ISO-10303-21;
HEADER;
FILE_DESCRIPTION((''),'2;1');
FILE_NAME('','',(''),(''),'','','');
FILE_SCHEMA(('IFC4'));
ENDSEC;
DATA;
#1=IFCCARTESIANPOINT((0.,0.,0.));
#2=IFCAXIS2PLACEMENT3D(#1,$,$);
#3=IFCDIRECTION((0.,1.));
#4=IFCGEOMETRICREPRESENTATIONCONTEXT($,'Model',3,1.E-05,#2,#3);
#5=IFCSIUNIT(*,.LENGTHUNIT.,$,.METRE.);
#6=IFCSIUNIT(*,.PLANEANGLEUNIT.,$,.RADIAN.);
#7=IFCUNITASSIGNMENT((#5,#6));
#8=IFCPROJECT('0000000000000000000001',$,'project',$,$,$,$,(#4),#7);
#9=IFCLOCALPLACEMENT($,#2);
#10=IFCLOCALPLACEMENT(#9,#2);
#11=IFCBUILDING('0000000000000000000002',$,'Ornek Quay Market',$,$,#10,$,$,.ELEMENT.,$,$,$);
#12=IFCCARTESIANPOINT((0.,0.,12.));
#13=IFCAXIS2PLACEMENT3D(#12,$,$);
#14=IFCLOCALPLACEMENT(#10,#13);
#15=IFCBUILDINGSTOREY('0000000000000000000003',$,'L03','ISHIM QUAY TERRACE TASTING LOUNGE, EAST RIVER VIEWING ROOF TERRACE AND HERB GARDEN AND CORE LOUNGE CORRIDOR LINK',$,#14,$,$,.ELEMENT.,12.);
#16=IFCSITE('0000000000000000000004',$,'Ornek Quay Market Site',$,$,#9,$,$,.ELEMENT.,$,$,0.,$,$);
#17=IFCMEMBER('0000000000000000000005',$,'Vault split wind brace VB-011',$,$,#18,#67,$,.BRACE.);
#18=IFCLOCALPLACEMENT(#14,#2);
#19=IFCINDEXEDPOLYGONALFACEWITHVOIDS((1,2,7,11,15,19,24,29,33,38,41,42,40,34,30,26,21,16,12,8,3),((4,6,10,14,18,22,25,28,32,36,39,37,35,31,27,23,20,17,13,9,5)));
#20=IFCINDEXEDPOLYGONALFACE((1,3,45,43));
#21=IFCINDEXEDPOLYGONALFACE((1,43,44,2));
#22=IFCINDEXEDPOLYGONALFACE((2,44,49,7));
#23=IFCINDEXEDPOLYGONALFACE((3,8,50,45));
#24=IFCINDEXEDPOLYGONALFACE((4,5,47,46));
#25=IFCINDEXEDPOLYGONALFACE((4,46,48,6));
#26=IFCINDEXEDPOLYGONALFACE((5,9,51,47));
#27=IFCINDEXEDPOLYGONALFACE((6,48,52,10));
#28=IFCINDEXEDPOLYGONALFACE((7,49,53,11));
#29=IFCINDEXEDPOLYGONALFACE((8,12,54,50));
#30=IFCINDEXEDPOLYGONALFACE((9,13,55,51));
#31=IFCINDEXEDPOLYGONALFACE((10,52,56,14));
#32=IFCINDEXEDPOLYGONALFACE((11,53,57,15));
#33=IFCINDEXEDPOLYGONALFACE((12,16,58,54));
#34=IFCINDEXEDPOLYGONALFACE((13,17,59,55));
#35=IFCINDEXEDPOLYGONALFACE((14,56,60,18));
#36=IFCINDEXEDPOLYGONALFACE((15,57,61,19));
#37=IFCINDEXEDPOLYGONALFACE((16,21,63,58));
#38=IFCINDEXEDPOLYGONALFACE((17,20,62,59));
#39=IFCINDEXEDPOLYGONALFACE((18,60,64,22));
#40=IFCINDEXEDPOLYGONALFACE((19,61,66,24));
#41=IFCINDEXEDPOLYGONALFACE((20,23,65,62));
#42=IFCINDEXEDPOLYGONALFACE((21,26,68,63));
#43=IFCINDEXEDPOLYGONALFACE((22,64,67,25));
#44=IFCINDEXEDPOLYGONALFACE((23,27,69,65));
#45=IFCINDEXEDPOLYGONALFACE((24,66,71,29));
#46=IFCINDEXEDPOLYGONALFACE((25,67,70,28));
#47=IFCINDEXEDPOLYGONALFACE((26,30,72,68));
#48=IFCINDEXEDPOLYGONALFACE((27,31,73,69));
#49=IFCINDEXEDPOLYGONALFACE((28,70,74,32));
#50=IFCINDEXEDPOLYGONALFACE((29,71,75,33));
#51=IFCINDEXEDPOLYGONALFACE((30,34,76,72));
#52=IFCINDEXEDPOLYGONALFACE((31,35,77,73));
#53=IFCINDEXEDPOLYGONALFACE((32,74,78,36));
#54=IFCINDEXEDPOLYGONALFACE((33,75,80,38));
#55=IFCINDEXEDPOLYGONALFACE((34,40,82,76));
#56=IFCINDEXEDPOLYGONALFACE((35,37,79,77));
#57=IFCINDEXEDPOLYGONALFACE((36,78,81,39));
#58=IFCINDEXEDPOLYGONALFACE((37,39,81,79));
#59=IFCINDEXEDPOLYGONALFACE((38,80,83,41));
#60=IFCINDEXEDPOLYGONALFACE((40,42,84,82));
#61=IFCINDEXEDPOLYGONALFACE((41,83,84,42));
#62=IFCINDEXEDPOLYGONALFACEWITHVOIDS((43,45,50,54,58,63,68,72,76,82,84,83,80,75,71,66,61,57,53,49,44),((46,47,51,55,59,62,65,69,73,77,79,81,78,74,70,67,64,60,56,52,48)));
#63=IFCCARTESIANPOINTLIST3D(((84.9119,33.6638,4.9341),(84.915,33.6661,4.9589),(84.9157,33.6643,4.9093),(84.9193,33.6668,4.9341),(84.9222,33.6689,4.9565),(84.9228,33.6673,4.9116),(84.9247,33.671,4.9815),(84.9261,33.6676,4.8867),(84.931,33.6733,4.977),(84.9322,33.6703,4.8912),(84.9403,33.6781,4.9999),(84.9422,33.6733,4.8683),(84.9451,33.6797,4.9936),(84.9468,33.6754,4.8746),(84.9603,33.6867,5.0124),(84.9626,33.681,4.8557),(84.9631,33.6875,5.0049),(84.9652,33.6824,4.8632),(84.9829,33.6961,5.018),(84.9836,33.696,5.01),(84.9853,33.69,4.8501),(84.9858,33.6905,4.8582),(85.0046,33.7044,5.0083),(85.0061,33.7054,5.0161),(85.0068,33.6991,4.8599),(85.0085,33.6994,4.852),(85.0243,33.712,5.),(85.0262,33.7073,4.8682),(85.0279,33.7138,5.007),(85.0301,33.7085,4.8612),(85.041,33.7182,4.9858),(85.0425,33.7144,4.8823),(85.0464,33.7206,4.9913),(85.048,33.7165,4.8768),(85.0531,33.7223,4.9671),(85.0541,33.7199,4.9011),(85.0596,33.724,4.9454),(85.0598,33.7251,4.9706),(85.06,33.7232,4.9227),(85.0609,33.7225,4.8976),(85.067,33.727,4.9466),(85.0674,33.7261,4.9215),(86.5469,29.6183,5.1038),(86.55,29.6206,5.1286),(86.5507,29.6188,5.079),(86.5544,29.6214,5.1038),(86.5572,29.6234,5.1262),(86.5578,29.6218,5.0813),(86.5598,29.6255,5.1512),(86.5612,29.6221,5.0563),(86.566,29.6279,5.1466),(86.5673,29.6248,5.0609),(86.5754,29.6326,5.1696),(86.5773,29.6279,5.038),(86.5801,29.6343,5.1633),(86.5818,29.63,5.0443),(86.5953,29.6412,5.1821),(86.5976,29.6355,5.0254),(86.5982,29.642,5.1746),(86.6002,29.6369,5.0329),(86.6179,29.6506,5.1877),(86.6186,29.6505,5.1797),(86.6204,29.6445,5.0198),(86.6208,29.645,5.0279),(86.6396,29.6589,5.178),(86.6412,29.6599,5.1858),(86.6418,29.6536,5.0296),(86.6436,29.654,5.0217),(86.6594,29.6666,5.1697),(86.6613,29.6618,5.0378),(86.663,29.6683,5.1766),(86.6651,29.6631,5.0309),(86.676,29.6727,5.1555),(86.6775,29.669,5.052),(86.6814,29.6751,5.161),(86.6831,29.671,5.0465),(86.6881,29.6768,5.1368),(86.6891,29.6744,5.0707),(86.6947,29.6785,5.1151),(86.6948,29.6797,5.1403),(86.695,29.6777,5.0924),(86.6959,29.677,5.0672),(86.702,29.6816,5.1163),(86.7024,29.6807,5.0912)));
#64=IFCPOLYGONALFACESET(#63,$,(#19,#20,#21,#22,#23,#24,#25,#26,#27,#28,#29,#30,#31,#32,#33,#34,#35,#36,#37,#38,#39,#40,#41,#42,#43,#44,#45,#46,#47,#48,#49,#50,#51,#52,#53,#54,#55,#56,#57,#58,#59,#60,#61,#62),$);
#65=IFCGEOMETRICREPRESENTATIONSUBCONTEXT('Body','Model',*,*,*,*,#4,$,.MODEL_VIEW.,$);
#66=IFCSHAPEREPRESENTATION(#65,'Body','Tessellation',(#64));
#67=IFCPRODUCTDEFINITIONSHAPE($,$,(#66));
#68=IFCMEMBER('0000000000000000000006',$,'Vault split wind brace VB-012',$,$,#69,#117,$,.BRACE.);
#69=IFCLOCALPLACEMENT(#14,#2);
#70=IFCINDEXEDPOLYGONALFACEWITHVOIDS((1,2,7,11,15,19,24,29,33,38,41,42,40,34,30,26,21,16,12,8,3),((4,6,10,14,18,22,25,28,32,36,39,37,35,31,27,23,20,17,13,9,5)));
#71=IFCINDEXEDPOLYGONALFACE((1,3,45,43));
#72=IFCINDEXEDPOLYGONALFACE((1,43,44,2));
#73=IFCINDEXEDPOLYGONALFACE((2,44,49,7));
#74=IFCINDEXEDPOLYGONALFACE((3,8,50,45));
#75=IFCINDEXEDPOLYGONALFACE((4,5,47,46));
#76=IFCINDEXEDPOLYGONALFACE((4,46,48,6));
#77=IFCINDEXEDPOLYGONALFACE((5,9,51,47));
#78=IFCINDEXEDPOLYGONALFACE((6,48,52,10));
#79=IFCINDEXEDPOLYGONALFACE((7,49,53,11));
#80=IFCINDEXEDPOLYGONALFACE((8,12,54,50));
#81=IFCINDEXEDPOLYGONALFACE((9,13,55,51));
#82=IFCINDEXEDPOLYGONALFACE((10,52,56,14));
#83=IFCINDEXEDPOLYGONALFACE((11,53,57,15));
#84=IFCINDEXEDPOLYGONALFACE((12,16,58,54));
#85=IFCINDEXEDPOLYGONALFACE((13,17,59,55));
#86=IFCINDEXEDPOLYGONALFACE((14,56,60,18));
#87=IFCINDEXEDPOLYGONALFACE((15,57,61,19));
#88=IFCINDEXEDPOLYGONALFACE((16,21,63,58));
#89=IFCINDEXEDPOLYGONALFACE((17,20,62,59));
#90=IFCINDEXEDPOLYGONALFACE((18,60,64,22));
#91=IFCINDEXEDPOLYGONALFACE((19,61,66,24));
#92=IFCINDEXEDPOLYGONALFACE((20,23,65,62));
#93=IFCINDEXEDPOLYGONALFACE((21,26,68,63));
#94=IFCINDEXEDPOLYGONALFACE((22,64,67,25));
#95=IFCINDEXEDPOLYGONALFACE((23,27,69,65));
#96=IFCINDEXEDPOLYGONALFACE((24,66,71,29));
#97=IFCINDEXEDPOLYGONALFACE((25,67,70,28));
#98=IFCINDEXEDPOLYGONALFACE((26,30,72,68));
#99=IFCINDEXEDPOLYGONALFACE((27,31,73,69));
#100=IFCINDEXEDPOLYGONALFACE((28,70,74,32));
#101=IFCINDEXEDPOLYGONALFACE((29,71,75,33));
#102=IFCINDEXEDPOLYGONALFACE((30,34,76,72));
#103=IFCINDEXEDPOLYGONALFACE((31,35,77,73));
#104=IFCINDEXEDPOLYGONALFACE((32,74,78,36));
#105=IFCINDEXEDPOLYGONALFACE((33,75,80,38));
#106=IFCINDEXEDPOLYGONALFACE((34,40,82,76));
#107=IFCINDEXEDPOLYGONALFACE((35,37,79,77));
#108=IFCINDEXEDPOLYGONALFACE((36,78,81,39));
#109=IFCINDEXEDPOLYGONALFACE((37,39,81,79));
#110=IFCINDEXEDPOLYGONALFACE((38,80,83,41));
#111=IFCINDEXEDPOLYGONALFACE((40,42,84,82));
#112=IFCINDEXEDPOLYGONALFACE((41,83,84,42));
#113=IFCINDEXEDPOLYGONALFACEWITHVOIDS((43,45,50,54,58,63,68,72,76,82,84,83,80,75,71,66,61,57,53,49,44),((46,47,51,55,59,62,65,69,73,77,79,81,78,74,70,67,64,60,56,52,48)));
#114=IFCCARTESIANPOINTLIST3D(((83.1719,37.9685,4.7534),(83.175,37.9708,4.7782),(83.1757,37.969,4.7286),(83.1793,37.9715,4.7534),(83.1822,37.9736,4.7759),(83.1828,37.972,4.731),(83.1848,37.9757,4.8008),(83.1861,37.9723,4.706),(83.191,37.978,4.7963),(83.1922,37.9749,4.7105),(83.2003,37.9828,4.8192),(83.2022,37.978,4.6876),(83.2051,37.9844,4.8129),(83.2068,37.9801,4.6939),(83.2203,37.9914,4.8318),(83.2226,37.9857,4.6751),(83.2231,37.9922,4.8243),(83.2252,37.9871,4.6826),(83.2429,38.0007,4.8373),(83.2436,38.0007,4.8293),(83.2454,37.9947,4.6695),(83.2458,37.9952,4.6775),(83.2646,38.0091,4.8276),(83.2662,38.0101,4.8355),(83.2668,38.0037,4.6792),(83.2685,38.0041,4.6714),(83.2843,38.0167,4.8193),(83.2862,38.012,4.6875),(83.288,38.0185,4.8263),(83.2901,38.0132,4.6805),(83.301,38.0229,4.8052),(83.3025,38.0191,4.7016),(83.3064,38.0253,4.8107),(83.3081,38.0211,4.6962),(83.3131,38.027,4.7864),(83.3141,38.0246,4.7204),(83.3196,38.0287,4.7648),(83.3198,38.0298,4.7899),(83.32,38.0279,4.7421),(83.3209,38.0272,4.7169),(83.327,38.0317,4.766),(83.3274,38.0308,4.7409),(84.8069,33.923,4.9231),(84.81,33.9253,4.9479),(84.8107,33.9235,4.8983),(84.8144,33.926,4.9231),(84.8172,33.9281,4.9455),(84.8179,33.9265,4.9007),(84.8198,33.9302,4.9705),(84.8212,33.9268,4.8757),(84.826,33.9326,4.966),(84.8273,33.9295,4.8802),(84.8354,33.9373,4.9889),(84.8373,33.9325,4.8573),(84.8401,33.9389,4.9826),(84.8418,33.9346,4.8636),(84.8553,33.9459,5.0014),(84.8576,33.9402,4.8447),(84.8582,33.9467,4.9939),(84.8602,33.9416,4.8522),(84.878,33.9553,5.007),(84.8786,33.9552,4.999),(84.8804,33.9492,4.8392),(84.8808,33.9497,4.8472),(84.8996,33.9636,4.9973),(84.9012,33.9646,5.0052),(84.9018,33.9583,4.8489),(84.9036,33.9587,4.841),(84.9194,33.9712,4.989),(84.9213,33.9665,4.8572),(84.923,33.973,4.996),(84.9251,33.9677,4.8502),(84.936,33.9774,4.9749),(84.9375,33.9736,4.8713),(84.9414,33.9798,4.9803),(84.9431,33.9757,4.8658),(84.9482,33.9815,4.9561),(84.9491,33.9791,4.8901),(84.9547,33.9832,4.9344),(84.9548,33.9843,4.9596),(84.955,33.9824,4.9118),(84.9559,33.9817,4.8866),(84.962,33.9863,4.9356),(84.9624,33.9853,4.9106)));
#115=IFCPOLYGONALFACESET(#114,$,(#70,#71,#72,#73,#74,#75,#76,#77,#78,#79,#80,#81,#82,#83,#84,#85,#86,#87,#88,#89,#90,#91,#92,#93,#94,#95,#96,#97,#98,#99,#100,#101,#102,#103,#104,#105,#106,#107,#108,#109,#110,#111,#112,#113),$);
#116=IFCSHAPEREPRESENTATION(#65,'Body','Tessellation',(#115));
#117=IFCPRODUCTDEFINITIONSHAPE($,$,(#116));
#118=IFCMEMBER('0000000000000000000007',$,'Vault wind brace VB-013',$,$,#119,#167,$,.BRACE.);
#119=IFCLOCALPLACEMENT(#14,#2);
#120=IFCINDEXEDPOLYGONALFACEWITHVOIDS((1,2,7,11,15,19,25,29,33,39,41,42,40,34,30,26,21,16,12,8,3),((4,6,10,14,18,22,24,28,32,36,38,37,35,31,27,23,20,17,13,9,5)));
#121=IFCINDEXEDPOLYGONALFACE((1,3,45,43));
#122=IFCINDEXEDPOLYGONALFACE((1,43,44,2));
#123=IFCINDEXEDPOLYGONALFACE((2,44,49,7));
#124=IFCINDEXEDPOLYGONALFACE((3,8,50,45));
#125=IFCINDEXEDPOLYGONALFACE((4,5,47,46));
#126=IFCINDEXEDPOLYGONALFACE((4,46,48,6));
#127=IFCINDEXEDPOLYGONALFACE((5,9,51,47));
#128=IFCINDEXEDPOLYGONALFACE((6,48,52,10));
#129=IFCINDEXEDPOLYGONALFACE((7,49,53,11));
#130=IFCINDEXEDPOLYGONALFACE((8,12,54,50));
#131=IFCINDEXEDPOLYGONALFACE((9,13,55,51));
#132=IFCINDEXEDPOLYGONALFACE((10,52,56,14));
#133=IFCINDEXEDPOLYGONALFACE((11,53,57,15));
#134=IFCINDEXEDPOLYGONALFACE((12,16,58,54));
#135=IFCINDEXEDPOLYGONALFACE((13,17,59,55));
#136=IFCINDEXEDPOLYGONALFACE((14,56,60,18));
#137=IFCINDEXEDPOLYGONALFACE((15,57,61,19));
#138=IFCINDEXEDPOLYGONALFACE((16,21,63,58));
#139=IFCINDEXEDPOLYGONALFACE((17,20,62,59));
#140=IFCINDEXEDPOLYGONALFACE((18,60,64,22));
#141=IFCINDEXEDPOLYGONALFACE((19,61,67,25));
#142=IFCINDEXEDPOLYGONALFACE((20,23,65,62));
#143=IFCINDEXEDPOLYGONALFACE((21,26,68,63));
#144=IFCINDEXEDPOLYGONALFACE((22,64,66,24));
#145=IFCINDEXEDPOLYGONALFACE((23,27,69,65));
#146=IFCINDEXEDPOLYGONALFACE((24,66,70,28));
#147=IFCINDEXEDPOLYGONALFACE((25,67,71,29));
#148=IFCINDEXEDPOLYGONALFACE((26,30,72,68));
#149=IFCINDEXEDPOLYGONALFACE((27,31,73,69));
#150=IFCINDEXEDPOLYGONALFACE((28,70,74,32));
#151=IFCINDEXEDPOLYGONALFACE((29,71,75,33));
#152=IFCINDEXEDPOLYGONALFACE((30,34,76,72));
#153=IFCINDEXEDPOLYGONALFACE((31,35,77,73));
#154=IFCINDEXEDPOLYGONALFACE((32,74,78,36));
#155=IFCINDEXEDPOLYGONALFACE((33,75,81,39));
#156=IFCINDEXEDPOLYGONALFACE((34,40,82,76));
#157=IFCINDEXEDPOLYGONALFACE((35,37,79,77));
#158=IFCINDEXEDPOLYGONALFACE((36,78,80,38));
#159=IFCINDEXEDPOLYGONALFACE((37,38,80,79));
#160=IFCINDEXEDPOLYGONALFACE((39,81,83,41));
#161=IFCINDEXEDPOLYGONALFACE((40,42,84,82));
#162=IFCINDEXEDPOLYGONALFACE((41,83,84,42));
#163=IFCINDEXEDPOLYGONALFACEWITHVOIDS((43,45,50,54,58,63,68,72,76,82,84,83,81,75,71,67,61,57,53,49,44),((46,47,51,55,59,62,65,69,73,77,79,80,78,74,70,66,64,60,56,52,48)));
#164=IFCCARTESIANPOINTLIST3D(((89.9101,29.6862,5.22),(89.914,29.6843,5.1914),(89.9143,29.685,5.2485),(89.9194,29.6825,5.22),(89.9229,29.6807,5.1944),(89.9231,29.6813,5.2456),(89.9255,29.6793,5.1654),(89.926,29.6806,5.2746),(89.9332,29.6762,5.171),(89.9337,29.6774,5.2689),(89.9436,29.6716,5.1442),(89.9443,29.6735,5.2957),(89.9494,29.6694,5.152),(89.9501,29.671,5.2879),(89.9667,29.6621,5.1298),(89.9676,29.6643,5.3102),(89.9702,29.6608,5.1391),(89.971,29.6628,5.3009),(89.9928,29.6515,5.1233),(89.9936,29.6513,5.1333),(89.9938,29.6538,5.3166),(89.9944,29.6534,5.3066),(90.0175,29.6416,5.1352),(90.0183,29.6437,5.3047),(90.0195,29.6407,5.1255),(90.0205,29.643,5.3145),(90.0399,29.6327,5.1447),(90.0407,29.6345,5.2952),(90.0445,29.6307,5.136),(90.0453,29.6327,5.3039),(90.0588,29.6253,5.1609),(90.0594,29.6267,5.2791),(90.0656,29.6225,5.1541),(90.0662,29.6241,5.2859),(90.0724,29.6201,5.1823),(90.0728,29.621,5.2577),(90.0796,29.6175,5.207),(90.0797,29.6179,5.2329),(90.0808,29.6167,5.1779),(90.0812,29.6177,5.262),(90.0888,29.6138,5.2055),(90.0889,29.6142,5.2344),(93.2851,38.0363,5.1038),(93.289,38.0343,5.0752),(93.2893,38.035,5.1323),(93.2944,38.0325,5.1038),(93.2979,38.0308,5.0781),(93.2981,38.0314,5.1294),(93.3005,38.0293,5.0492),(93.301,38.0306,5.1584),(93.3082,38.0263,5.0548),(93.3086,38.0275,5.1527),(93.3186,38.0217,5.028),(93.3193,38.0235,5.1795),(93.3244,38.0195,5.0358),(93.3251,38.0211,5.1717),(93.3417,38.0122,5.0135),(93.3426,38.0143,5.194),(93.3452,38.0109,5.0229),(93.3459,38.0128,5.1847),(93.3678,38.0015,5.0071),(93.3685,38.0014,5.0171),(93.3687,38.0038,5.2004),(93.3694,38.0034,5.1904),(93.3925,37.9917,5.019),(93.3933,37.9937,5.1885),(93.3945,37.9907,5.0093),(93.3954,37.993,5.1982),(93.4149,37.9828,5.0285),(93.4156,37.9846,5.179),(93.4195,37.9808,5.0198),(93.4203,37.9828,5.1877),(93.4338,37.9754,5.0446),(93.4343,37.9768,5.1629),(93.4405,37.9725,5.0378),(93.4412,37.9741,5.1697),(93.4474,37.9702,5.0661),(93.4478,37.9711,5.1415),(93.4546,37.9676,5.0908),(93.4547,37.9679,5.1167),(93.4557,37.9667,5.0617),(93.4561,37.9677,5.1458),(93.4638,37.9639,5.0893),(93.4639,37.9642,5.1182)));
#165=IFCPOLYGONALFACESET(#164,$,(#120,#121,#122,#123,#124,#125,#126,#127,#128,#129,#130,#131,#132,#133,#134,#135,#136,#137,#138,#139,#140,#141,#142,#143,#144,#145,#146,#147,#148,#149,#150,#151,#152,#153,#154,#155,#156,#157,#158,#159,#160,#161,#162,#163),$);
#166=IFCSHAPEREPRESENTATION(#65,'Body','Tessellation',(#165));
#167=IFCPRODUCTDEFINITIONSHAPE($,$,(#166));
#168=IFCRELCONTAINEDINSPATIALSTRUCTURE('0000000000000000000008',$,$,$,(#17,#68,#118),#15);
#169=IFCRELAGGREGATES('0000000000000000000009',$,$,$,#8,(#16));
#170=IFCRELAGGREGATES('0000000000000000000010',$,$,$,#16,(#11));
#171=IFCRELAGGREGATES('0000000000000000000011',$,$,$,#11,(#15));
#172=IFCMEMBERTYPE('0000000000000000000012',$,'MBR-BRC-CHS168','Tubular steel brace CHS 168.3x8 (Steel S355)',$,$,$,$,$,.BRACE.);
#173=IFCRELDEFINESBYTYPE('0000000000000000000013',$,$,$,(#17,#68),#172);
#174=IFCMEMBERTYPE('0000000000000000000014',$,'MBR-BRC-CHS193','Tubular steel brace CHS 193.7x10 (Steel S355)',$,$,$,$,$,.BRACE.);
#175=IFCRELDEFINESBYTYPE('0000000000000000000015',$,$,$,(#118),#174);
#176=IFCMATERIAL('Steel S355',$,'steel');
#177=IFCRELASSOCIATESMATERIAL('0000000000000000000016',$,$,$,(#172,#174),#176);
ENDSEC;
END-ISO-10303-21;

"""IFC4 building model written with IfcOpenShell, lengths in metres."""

from ifc_helpers import new_model, si_unit, direction, frame, origin, origin_2d, place, context, subcontext, project, spatial, hollow_circle, extrude, material, material_profile, profile_set, type_object, element, save


model = new_model("IFC4")

# Units and contexts
model_context = context("Model", 3, precision=1e-05, world=origin(), true_north=direction((0.0, 1.0)))
body_context = subcontext(model_context, "Body", "Model", "MODEL_VIEW")
ifc_project = project(units=[si_unit("LENGTHUNIT", "METRE"), si_unit("PLANEANGLEUNIT", "RADIAN")], contexts=[model_context])

# Site, building, storey
site_placement = place(None, origin())
site = spatial("IfcSite", under=ifc_project, at=site_placement, Name="Ornek Quay Market Site", CompositionType="ELEMENT", RefElevation=0.0)
building_placement = place(site_placement, origin())
building = spatial("IfcBuilding", under=site, at=building_placement, Name="Ornek Quay Market", CompositionType="ELEMENT")
storey_placement = place(building_placement, frame((0.0, 0.0, 12.0)))
storey = spatial("IfcBuildingStorey", under=building, at=storey_placement, Name="L03", Description="ISHIM QUAY TERRACE TASTING LOUNGE, EAST RIVER VIEWING ROOF TERRACE AND HERB GARDEN AND CORE LOUNGE CORRIDOR LINK", CompositionType="ELEMENT", Elevation=12.0)

# Shared definitions
ifc_material_1 = material(Name="Steel S355", Category="steel")

# Members
ifc_material_profile_1 = material_profile(ifc_material_1, hollow_circle(Radius=0.0842, WallThickness=0.0081, at=origin_2d()), Name="CHS 168.3x8", Category="steel")
ifc_profile_set_1 = profile_set([ifc_material_profile_1], Name="Steel S355")
member_type_1 = type_object("IfcMemberType", Name="MBR-BRC-CHS168", Description="Tubular steel brace CHS 168.3x8 (Steel S355)", PredefinedType="BRACE", material=ifc_profile_set_1)
for number, where, z_axis, x_axis, name in (
    (1, (86.625, 29.6499, 5.1038), (-0.374434, 0.926439, -0.038858), (-0.927139, -0.374717, 0.0), "Vault split wind brace VB-011"),
    (2, (84.885, 33.9546, 4.9231), (-0.374434, 0.926439, -0.038858), (-0.927139, -0.374717, 0.0), "Vault split wind brace VB-012"),
):
    element("IfcMember", number, at=place(storey_placement, frame(where, z_axis=z_axis, x_axis=x_axis)), inside=storey, type_object=member_type_1, Name=name, PredefinedType="BRACE", context=body_context, shape_type="SweptSolid", body=[
        extrude(hollow_circle(Radius=0.0842, WallThickness=0.0081, at=origin_2d()), origin(), (0.0, 0.0, 1.0), 4.3667),
    ])
ifc_material_profile_2 = material_profile(ifc_material_1, hollow_circle(Radius=0.0969, WallThickness=0.01, at=origin_2d()), Name="CHS 193.7x10", Category="steel")
ifc_profile_set_2 = profile_set([ifc_material_profile_2], Name="Steel S355")
member_type_2 = type_object("IfcMemberType", Name="MBR-BRC-CHS193", Description="Tubular steel brace CHS 193.7x10 (Steel S355)", PredefinedType="BRACE", material=ifc_profile_set_2)
member_1_placement = place(storey_placement, frame((90.0, 29.6499, 5.22), z_axis=(0.374703, 0.927055, -0.012902), x_axis=(-0.927132, 0.374735, 0.0)))
element("IfcMember", 3, at=member_1_placement, inside=storey, type_object=member_type_2, Name="Vault wind brace VB-013", PredefinedType="BRACE", context=body_context, shape_type="SweptSolid", body=[
    extrude(hollow_circle(Radius=0.0969, WallThickness=0.01, at=origin_2d()), origin(), (0.0, 0.0, 1.0), 9.0071),
])

save(model, "model.ifc")
